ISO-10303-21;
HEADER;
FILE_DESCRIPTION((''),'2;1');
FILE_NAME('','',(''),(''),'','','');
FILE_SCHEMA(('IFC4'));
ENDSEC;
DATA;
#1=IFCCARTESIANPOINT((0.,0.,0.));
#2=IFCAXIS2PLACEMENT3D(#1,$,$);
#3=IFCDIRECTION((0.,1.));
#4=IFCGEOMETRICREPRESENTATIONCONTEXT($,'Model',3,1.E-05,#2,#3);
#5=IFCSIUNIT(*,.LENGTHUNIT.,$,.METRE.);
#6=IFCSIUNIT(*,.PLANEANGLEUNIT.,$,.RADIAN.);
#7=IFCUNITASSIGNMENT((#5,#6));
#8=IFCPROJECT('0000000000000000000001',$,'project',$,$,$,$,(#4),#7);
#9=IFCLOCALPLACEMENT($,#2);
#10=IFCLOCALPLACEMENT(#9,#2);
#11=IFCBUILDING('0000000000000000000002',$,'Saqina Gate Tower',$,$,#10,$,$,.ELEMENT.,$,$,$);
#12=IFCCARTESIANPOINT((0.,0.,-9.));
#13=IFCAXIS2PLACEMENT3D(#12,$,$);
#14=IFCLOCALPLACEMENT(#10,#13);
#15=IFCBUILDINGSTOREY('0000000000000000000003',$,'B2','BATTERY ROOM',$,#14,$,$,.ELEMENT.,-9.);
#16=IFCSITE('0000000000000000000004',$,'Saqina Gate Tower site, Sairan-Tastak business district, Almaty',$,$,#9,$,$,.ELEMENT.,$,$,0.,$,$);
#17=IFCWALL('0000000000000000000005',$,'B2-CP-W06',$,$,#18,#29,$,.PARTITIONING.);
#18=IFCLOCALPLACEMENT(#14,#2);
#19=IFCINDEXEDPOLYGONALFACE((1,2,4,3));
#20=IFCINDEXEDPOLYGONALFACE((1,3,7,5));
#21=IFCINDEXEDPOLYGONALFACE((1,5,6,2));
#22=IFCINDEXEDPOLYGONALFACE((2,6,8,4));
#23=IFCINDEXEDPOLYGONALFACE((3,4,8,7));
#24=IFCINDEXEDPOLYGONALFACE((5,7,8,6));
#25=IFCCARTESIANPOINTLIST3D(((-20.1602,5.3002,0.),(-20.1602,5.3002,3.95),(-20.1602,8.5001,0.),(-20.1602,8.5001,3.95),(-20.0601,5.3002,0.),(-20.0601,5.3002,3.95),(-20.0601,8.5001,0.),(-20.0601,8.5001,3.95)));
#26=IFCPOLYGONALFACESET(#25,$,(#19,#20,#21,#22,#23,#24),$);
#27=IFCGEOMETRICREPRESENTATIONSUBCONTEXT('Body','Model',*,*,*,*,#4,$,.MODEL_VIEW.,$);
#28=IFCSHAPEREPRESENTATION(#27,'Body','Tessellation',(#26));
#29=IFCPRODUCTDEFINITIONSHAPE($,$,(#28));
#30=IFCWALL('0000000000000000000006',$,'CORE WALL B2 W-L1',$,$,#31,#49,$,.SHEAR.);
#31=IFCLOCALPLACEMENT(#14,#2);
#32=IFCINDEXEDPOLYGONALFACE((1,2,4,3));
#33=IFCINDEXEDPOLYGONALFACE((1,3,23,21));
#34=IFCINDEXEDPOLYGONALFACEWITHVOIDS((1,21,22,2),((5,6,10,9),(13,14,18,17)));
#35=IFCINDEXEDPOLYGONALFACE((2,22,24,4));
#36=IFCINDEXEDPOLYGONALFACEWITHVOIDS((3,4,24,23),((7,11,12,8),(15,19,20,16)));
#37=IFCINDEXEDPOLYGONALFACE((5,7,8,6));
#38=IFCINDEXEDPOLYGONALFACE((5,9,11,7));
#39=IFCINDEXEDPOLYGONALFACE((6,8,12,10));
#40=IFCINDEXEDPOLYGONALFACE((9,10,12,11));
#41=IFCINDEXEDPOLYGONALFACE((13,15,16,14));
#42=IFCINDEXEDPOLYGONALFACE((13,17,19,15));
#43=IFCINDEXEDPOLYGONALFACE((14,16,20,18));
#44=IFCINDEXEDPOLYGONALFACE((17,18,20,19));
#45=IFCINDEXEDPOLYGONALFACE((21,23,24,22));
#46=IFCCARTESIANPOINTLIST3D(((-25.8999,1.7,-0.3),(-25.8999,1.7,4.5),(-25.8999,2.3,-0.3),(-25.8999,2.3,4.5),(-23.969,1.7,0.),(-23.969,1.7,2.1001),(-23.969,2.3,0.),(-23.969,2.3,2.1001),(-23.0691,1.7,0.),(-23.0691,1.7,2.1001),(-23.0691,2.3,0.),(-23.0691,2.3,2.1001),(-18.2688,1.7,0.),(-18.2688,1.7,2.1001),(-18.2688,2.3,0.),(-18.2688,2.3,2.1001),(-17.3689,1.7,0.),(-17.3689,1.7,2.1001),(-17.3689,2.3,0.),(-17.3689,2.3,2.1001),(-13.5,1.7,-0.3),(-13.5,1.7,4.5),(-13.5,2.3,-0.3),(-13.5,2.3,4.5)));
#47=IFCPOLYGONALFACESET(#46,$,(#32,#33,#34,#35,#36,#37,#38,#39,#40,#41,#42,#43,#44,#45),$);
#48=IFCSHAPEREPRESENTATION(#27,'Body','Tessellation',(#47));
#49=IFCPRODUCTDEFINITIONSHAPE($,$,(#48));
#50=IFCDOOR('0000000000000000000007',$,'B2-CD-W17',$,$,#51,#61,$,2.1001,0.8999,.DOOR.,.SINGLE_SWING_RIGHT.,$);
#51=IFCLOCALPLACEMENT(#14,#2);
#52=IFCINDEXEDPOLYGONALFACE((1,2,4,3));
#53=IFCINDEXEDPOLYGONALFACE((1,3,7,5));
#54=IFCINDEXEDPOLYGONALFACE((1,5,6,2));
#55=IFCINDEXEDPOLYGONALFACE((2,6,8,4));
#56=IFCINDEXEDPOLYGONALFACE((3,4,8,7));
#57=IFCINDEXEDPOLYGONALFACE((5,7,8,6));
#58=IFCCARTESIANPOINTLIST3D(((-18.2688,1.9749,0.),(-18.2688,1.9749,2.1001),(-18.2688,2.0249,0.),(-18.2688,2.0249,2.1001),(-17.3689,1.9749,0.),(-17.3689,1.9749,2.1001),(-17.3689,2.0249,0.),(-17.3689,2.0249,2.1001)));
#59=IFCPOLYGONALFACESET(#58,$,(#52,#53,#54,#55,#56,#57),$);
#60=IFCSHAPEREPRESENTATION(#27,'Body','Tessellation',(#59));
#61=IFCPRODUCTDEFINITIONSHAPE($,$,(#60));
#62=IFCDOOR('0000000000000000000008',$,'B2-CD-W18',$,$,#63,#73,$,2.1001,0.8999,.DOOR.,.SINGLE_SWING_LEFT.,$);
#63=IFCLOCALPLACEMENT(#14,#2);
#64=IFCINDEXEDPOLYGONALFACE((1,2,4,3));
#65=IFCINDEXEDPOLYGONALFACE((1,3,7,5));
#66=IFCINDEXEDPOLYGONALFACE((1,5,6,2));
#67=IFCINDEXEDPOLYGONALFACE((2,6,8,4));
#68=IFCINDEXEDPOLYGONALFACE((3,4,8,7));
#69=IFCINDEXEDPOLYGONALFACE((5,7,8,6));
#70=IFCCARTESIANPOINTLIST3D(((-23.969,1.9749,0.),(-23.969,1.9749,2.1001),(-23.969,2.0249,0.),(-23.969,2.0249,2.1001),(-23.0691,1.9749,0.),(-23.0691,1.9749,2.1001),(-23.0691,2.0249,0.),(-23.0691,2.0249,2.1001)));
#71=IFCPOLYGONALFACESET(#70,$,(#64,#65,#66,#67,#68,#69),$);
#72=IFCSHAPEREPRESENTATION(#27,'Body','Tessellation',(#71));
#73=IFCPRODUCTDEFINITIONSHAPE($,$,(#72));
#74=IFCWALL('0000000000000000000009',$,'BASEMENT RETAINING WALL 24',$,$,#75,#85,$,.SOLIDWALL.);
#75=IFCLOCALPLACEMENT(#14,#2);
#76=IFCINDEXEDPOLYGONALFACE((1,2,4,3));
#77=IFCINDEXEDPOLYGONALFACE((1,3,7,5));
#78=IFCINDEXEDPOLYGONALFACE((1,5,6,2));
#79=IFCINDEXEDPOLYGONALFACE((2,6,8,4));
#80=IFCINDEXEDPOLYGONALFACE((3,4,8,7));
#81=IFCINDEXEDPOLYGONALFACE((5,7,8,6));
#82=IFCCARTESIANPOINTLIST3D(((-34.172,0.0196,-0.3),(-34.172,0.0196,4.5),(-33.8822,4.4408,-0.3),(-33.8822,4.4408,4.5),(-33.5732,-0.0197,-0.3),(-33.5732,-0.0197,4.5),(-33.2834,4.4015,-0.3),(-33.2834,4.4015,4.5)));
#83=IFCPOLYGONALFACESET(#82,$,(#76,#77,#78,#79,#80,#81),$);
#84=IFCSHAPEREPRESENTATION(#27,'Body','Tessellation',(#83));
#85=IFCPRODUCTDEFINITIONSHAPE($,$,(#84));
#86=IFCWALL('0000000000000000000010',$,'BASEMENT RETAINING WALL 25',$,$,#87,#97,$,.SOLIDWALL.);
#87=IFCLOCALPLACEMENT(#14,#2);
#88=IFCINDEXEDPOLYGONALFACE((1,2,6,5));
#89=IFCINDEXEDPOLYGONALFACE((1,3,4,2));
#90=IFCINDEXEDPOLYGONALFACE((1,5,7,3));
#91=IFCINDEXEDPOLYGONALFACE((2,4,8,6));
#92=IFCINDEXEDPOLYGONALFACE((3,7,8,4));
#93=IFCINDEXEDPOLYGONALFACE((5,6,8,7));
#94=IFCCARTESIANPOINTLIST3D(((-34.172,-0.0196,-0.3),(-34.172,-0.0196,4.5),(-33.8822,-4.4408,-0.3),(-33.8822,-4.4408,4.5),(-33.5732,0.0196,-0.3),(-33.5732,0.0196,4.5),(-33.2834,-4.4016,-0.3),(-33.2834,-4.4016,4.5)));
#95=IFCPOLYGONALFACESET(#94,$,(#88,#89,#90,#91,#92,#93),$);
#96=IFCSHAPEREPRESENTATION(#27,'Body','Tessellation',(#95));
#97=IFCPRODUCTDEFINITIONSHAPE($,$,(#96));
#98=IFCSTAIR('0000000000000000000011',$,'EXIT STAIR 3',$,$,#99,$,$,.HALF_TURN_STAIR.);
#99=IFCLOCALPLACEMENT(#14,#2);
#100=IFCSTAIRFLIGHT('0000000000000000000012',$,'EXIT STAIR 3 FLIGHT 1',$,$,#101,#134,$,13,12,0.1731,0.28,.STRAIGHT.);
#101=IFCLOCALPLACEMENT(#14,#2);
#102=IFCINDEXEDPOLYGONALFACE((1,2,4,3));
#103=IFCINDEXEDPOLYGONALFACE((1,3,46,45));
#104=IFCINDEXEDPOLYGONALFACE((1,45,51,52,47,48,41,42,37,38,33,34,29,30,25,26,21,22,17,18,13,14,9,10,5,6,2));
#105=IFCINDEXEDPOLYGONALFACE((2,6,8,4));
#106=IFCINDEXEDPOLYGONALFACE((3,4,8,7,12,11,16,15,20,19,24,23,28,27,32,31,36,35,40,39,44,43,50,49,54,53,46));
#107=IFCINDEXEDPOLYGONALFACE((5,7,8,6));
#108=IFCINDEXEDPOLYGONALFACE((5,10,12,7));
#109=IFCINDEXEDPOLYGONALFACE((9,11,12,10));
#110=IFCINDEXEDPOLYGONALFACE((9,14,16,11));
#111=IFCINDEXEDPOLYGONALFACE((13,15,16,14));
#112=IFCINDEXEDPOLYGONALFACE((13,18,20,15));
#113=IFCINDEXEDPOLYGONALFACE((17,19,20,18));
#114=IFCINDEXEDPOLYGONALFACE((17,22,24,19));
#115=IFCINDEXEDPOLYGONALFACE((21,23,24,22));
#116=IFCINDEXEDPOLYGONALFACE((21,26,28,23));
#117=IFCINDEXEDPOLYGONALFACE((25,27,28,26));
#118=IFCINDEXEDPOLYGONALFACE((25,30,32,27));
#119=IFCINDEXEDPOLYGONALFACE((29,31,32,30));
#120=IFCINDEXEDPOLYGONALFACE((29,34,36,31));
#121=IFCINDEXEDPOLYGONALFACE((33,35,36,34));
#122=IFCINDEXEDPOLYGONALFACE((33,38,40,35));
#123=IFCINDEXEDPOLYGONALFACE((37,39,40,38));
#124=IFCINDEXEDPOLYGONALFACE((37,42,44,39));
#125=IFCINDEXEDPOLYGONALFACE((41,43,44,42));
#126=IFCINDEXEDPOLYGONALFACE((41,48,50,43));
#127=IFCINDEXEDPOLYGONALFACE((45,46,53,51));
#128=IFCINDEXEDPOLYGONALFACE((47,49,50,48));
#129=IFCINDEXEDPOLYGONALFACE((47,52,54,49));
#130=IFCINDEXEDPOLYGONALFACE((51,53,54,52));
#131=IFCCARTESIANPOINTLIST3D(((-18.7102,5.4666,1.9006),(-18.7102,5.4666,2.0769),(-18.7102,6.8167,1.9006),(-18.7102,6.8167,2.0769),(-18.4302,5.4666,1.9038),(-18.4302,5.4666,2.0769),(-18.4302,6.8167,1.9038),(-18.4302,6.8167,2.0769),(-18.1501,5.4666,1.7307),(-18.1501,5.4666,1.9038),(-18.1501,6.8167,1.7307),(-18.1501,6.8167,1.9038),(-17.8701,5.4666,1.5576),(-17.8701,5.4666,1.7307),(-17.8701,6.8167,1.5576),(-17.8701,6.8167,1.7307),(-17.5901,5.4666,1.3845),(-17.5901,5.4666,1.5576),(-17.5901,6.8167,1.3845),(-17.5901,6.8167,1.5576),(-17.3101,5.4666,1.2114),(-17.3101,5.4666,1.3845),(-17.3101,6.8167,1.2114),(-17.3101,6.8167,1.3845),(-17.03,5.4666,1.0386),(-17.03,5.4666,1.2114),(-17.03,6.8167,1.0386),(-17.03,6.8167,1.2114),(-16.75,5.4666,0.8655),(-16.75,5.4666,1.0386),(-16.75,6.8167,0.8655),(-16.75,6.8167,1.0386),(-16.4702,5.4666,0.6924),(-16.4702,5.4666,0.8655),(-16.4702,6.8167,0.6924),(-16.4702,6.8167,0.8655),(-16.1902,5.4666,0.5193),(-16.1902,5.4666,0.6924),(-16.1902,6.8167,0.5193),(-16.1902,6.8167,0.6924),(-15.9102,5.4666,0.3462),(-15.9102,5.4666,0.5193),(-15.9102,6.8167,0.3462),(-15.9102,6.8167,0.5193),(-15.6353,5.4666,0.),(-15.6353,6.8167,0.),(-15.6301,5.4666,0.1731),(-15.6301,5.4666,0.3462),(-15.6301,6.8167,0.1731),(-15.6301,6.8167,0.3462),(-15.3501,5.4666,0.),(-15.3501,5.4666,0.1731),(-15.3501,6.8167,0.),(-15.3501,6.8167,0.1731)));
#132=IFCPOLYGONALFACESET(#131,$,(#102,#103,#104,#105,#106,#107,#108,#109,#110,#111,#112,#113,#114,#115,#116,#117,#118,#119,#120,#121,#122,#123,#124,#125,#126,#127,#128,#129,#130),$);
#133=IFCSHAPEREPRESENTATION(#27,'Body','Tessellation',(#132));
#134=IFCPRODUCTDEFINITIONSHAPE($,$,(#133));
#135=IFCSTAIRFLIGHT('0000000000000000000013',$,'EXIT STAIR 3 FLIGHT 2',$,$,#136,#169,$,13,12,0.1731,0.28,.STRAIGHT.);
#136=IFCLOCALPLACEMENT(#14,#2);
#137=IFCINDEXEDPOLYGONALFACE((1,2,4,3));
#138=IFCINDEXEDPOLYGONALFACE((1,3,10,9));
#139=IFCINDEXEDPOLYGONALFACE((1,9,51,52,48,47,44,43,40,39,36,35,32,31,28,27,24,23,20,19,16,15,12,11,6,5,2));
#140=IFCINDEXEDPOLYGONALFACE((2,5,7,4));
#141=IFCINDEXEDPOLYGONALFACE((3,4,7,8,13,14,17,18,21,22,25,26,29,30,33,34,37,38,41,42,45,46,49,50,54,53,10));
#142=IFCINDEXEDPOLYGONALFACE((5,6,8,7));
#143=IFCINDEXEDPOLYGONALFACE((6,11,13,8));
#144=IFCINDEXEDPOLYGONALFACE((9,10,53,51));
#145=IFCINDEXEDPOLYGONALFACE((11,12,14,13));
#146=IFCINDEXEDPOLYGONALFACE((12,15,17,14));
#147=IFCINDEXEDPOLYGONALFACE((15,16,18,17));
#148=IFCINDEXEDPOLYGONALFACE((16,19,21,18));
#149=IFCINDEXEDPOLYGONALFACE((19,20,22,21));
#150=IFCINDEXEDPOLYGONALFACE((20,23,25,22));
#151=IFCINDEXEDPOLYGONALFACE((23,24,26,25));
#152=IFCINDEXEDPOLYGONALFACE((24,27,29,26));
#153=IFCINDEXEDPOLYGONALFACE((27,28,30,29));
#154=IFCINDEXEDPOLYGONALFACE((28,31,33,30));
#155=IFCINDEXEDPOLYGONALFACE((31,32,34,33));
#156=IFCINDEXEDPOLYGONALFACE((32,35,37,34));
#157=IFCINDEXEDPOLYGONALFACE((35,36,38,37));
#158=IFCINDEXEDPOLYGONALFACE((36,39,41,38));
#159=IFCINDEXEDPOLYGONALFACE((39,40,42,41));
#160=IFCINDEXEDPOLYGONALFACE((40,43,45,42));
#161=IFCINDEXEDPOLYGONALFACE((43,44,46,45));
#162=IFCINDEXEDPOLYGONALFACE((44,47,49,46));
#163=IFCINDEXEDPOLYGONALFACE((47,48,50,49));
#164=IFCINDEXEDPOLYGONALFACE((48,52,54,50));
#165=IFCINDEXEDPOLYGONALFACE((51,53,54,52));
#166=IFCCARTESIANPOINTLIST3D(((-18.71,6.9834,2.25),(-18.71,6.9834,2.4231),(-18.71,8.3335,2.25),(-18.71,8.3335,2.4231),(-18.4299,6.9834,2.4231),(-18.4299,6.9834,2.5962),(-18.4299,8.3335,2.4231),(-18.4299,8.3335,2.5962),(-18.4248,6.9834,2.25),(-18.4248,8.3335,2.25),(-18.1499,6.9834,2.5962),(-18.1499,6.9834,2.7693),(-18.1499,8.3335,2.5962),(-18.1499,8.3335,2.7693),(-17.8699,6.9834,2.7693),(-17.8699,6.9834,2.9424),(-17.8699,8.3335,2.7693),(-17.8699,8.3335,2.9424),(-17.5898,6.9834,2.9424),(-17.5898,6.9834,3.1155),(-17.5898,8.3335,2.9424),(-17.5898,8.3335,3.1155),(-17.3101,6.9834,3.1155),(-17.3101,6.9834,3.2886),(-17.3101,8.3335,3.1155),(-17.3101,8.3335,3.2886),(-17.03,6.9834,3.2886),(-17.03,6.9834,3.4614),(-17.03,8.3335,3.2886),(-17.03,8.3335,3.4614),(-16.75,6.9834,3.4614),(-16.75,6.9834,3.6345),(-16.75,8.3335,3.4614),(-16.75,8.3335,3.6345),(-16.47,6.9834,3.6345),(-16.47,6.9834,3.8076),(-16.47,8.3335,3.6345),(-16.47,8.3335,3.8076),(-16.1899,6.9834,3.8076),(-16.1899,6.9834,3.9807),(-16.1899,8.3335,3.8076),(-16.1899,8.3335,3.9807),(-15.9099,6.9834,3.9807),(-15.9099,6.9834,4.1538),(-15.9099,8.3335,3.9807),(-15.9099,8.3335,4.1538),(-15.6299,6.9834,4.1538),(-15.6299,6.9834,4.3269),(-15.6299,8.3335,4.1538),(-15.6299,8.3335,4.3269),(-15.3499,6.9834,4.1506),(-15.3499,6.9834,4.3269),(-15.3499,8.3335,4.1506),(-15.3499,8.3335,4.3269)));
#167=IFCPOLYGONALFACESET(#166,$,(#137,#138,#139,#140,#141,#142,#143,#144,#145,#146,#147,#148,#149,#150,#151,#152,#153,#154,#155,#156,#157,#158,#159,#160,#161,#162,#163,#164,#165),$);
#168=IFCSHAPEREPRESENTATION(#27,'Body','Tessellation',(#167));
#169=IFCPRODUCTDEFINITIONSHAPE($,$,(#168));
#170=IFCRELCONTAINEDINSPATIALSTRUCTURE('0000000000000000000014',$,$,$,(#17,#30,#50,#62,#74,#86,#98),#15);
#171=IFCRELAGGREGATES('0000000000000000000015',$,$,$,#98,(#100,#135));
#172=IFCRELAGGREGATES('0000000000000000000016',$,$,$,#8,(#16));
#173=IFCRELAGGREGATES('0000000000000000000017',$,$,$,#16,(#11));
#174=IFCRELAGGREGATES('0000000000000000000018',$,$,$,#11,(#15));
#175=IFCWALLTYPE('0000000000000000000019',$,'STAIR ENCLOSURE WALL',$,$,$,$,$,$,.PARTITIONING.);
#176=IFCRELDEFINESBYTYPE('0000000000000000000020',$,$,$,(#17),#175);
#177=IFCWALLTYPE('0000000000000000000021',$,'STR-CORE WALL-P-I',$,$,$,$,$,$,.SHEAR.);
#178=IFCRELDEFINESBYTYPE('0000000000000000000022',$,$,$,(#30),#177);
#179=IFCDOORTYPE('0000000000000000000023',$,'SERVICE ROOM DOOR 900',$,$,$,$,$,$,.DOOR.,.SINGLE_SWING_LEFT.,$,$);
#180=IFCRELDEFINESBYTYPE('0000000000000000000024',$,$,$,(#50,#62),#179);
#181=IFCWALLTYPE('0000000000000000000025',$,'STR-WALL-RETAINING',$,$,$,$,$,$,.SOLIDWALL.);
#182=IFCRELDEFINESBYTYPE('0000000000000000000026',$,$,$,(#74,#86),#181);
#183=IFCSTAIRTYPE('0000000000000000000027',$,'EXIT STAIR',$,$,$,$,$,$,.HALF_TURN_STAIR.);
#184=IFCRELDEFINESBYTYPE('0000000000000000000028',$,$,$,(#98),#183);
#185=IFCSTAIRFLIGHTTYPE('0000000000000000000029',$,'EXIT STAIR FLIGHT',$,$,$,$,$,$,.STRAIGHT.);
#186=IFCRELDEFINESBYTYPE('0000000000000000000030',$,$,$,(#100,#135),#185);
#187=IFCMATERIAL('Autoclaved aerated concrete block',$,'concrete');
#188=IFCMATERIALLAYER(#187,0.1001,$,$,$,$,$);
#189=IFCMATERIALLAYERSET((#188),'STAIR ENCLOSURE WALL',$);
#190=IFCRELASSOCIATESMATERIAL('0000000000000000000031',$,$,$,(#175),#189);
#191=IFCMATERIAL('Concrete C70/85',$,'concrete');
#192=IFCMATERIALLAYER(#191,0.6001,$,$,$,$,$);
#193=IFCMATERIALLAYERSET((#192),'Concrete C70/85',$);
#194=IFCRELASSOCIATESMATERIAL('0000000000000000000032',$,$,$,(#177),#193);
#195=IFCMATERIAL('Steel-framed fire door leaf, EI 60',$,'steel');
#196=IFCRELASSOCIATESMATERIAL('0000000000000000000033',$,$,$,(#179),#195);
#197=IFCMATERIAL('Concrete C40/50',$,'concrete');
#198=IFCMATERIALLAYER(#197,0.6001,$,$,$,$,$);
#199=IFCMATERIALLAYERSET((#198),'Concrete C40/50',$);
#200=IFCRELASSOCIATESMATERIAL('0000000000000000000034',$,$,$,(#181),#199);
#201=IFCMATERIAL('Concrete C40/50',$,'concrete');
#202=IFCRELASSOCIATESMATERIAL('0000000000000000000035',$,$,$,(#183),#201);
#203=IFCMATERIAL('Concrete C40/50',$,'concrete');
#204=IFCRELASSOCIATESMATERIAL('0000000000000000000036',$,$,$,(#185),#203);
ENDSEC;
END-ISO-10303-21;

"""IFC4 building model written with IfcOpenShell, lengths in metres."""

from ifc_helpers import new_model, si_unit, direction, frame, frame_2d, origin, place, context, subcontext, project, spatial, polyline, rectangle, outline, extrude, material, layer, layer_set, type_object, element, fill, aggregate, save


model = new_model("IFC4")

# Units and contexts
model_context = context("Model", 3, precision=1e-05, world=origin(), true_north=direction((0.0, 1.0)))
body_context = subcontext(model_context, "Body", "Model", "MODEL_VIEW")
ifc_project = project(units=[si_unit("LENGTHUNIT", "METRE"), si_unit("PLANEANGLEUNIT", "RADIAN")], contexts=[model_context])

# Site, building, storey
site_placement = place(None, origin())
site = spatial("IfcSite", under=ifc_project, at=site_placement, Name="Saqina Gate Tower site, Sairan-Tastak business district, Almaty", CompositionType="ELEMENT", RefElevation=0.0)
building_placement = place(site_placement, origin())
building = spatial("IfcBuilding", under=site, at=building_placement, Name="Saqina Gate Tower", CompositionType="ELEMENT")
storey_placement = place(building_placement, frame((0.0, 0.0, -9.0)))
storey = spatial("IfcBuildingStorey", under=building, at=storey_placement, Name="B2", Description="BATTERY ROOM", CompositionType="ELEMENT", Elevation=-9.0)

# Wall
ifc_material_1 = material(Name="Autoclaved aerated concrete block", Category="concrete")
ifc_layer_1 = layer(ifc_material_1, 0.1001)
ifc_layer_set_1 = layer_set([ifc_layer_1], Name="STAIR ENCLOSURE WALL")
wall_type_1 = type_object("IfcWallType", Name="STAIR ENCLOSURE WALL", PredefinedType="PARTITIONING", material=ifc_layer_set_1)
wall_1_placement = place(storey_placement, frame((-20.1101, 5.3, 0.0), z_axis=(0.0, 0.0, 1.0), x_axis=(0.0, 1.0, 0.0)))
element("IfcWall", 1, at=wall_1_placement, inside=storey, type_object=wall_type_1, Name="B2-CP-W06", PredefinedType="PARTITIONING", context=body_context, shape_type="SweptSolid", body=[
    extrude(rectangle(XDim=3.2, YDim=0.1001, at=frame_2d((1.6001, 0.0))), origin(), (0.0, 0.0, 1.0), 3.95),
])

# Wall, openings, doors
ifc_material_2 = material(Name="Concrete C70/85", Category="concrete")
ifc_layer_2 = layer(ifc_material_2, 0.6001)
ifc_layer_set_2 = layer_set([ifc_layer_2], Name="Concrete C70/85")
wall_type_2 = type_object("IfcWallType", Name="STR-CORE WALL-P-I", PredefinedType="SHEAR", material=ifc_layer_set_2)
wall_2_placement = place(storey_placement, frame((-13.5, 2.0, -0.3), z_axis=(0.0, 0.0, 1.0), x_axis=(-1.0, 0.0, 0.0)))
wall_2 = element("IfcWall", 2, at=wall_2_placement, inside=storey, type_object=wall_type_2, Name="CORE WALL B2 W-L1", PredefinedType="SHEAR", context=body_context, shape_type="SweptSolid", body=[
    extrude(rectangle(XDim=12.3999, YDim=0.6001, at=frame_2d((6.2, 0.0))), origin(), (0.0, 0.0, 1.0), 4.8),
])
opening_1_placement = place(wall_2_placement, frame((3.8689, 0.0, 0.3)))
opening_1 = element("IfcOpeningElement", 3, at=opening_1_placement, cuts=wall_2, PredefinedType="OPENING", context=body_context, shape_type="SweptSolid", body=[
    extrude(rectangle(XDim=0.8999, YDim=2.1001, at=frame_2d((0.45, 1.05))), frame((0.0, 0.312, 0.0), z_axis=(0.0, -1.0, 0.0), x_axis=(1.0, 0.0, 0.0)), (0.0, 0.0, 1.0), 0.624),
])
opening_2_placement = place(wall_2_placement, frame((9.5691, 0.0, 0.3)))
opening_2 = element("IfcOpeningElement", 4, at=opening_2_placement, cuts=wall_2, PredefinedType="OPENING", context=body_context, shape_type="SweptSolid", body=[
    extrude(rectangle(XDim=0.8999, YDim=2.1001, at=frame_2d((0.45, 1.05))), frame((0.0, 0.312, 0.0), z_axis=(0.0, -1.0, 0.0), x_axis=(1.0, 0.0, 0.0)), (0.0, 0.0, 1.0), 0.624),
])
ifc_material_3 = material(Name="Steel-framed fire door leaf, EI 60", Category="steel")
door_type = type_object("IfcDoorType", Name="SERVICE ROOM DOOR 900", OperationType="SINGLE_SWING_LEFT", PredefinedType="DOOR", material=ifc_material_3)
door_1_placement = place(opening_1_placement, frame((0.8999, 0.0, 0.0), z_axis=(0.0, 0.0, 1.0), x_axis=(-1.0, 0.0, 0.0)))
door_1 = element("IfcDoor", 5, at=door_1_placement, inside=storey, type_object=door_type, Name="B2-CD-W17", OperationType="SINGLE_SWING_RIGHT", OverallHeight=2.1001, OverallWidth=0.8999, PredefinedType="DOOR", context=body_context, shape_type="SweptSolid", body=[
    extrude(rectangle(XDim=0.8999, YDim=2.1001, at=frame_2d((0.45, 1.05))), frame((0.0, 0.0249, 0.0), z_axis=(0.0, -1.0, 0.0), x_axis=(1.0, 0.0, 0.0)), (0.0, 0.0, 1.0), 0.05),
])
fill(opening_1, door_1)
door_2_placement = place(opening_2_placement, frame((0.8999, 0.0, 0.0), z_axis=(0.0, 0.0, 1.0), x_axis=(-1.0, 0.0, 0.0)))
door_2 = element("IfcDoor", 6, at=door_2_placement, inside=storey, type_object=door_type, Name="B2-CD-W18", OperationType="SINGLE_SWING_LEFT", OverallHeight=2.1001, OverallWidth=0.8999, PredefinedType="DOOR", context=body_context, shape_type="SweptSolid", body=[
    extrude(rectangle(XDim=0.8999, YDim=2.1001, at=frame_2d((0.45, 1.05))), frame((0.0, 0.0249, 0.0), z_axis=(0.0, -1.0, 0.0), x_axis=(1.0, 0.0, 0.0)), (0.0, 0.0, 1.0), 0.05),
])
fill(opening_2, door_2)

# Walls
ifc_material_4 = material(Name="Concrete C40/50", Category="concrete")
ifc_layer_3 = layer(ifc_material_4, 0.6001)
ifc_layer_set_3 = layer_set([ifc_layer_3], Name="Concrete C40/50")
wall_type_3 = type_object("IfcWallType", Name="STR-WALL-RETAINING", PredefinedType="SOLIDWALL", material=ifc_layer_set_3)
for number, where, z_axis, x_axis, name in (
    (7, (-33.5828, 4.4211, -0.3), (0.0, 0.0, 1.0), (-0.065407, -0.997859, 0.0), "BASEMENT RETAINING WALL 24"),
    (8, (-33.8726, 0.0, -0.3), (0.0, 0.0, 1.0), (0.065407, -0.997859, 0.0), "BASEMENT RETAINING WALL 25"),
):
    element("IfcWall", number, at=place(storey_placement, frame(where, z_axis=z_axis, x_axis=x_axis)), inside=storey, type_object=wall_type_3, Name=name, PredefinedType="SOLIDWALL", context=body_context, shape_type="SweptSolid", body=[
        extrude(rectangle(XDim=4.4307, YDim=0.6001, at=frame_2d((2.2153, 0.0))), origin(), (0.0, 0.0, 1.0), 4.8),
    ])

# Stair, stair flights
ifc_material_5 = material(Name="Concrete C40/50", Category="concrete")
stair_type = type_object("IfcStairType", Name="EXIT STAIR", PredefinedType="HALF_TURN_STAIR", material=ifc_material_5)
stair_placement = place(storey_placement, origin())
stair = element("IfcStair", 9, at=stair_placement, inside=storey, type_object=stair_type, Name="EXIT STAIR 3", PredefinedType="HALF_TURN_STAIR")
ifc_material_6 = material(Name="Concrete C40/50", Category="concrete")
stair_flight_type = type_object("IfcStairFlightType", Name="EXIT STAIR FLIGHT", PredefinedType="STRAIGHT", material=ifc_material_6)
stair_flight_1_placement = place(storey_placement, frame((-15.3501, 6.1416, 0.0), z_axis=(0.0, 0.0, 1.0), x_axis=(-1.0, 0.0, 0.0)))
stair_flight_1 = element("IfcStairFlight", 10, at=stair_flight_1_placement, type_object=stair_flight_type, Name="EXIT STAIR 3 FLIGHT 1", NumberOfRisers=13, NumberOfTreads=12, PredefinedType="STRAIGHT", RiserHeight=0.1731, TreadLength=0.28, context=body_context, shape_type="SweptSolid", body=[
    extrude(outline(polyline([(0.0, 0.0), (0.0, 0.1731), (0.28, 0.1731), (0.28, 0.3462), (0.5601, 0.3462), (0.5601, 0.5193), (0.8401, 0.5193), (0.8401, 0.6924), (1.1201, 0.6924), (1.1201, 0.8655), (1.3999, 0.8655), (1.3999, 1.0386), (1.6799, 1.0386), (1.6799, 1.2114), (1.96, 1.2114), (1.96, 1.3845), (2.24, 1.3845), (2.24, 1.5576), (2.52, 1.5576), (2.52, 1.7307), (2.8, 1.7307), (2.8, 1.9038), (3.0801, 1.9038), (3.0801, 2.0769), (3.3601, 2.0769), (3.3601, 2.25), (3.3601, 1.9006), (0.2852, 0.0), (0.0, 0.0)])), frame((0.0, 0.675, 0.0), z_axis=(0.0, -1.0, 0.0), x_axis=(1.0, 0.0, 0.0)), (0.0, 0.0, 1.0), 1.3501),
])
stair_flight_2_placement = place(storey_placement, frame((-18.71, 7.6584, 2.25), z_axis=(0.0, 0.0, 1.0), x_axis=(1.0, 0.0, 0.0)))
stair_flight_2 = element("IfcStairFlight", 11, at=stair_flight_2_placement, type_object=stair_flight_type, Name="EXIT STAIR 3 FLIGHT 2", NumberOfRisers=13, NumberOfTreads=12, PredefinedType="STRAIGHT", RiserHeight=0.1731, TreadLength=0.28, context=body_context, shape_type="SweptSolid", body=[
    extrude(outline(polyline([(0.0, 0.0), (0.0, 0.1731), (0.28, 0.1731), (0.28, 0.3462), (0.5601, 0.3462), (0.5601, 0.5193), (0.8401, 0.5193), (0.8401, 0.6924), (1.1201, 0.6924), (1.1201, 0.8655), (1.3999, 0.8655), (1.3999, 1.0386), (1.6799, 1.0386), (1.6799, 1.2114), (1.96, 1.2114), (1.96, 1.3845), (2.24, 1.3845), (2.24, 1.5576), (2.52, 1.5576), (2.52, 1.7307), (2.8, 1.7307), (2.8, 1.9038), (3.0801, 1.9038), (3.0801, 2.0769), (3.3601, 2.0769), (3.3601, 2.25), (3.3601, 1.9006), (0.2852, 0.0), (0.0, 0.0)])), frame((0.0, 0.675, 0.0), z_axis=(0.0, -1.0, 0.0), x_axis=(1.0, 0.0, 0.0)), (0.0, 0.0, 1.0), 1.3501),
])
aggregate(stair, [stair_flight_1, stair_flight_2])

save(model, "model.ifc")
